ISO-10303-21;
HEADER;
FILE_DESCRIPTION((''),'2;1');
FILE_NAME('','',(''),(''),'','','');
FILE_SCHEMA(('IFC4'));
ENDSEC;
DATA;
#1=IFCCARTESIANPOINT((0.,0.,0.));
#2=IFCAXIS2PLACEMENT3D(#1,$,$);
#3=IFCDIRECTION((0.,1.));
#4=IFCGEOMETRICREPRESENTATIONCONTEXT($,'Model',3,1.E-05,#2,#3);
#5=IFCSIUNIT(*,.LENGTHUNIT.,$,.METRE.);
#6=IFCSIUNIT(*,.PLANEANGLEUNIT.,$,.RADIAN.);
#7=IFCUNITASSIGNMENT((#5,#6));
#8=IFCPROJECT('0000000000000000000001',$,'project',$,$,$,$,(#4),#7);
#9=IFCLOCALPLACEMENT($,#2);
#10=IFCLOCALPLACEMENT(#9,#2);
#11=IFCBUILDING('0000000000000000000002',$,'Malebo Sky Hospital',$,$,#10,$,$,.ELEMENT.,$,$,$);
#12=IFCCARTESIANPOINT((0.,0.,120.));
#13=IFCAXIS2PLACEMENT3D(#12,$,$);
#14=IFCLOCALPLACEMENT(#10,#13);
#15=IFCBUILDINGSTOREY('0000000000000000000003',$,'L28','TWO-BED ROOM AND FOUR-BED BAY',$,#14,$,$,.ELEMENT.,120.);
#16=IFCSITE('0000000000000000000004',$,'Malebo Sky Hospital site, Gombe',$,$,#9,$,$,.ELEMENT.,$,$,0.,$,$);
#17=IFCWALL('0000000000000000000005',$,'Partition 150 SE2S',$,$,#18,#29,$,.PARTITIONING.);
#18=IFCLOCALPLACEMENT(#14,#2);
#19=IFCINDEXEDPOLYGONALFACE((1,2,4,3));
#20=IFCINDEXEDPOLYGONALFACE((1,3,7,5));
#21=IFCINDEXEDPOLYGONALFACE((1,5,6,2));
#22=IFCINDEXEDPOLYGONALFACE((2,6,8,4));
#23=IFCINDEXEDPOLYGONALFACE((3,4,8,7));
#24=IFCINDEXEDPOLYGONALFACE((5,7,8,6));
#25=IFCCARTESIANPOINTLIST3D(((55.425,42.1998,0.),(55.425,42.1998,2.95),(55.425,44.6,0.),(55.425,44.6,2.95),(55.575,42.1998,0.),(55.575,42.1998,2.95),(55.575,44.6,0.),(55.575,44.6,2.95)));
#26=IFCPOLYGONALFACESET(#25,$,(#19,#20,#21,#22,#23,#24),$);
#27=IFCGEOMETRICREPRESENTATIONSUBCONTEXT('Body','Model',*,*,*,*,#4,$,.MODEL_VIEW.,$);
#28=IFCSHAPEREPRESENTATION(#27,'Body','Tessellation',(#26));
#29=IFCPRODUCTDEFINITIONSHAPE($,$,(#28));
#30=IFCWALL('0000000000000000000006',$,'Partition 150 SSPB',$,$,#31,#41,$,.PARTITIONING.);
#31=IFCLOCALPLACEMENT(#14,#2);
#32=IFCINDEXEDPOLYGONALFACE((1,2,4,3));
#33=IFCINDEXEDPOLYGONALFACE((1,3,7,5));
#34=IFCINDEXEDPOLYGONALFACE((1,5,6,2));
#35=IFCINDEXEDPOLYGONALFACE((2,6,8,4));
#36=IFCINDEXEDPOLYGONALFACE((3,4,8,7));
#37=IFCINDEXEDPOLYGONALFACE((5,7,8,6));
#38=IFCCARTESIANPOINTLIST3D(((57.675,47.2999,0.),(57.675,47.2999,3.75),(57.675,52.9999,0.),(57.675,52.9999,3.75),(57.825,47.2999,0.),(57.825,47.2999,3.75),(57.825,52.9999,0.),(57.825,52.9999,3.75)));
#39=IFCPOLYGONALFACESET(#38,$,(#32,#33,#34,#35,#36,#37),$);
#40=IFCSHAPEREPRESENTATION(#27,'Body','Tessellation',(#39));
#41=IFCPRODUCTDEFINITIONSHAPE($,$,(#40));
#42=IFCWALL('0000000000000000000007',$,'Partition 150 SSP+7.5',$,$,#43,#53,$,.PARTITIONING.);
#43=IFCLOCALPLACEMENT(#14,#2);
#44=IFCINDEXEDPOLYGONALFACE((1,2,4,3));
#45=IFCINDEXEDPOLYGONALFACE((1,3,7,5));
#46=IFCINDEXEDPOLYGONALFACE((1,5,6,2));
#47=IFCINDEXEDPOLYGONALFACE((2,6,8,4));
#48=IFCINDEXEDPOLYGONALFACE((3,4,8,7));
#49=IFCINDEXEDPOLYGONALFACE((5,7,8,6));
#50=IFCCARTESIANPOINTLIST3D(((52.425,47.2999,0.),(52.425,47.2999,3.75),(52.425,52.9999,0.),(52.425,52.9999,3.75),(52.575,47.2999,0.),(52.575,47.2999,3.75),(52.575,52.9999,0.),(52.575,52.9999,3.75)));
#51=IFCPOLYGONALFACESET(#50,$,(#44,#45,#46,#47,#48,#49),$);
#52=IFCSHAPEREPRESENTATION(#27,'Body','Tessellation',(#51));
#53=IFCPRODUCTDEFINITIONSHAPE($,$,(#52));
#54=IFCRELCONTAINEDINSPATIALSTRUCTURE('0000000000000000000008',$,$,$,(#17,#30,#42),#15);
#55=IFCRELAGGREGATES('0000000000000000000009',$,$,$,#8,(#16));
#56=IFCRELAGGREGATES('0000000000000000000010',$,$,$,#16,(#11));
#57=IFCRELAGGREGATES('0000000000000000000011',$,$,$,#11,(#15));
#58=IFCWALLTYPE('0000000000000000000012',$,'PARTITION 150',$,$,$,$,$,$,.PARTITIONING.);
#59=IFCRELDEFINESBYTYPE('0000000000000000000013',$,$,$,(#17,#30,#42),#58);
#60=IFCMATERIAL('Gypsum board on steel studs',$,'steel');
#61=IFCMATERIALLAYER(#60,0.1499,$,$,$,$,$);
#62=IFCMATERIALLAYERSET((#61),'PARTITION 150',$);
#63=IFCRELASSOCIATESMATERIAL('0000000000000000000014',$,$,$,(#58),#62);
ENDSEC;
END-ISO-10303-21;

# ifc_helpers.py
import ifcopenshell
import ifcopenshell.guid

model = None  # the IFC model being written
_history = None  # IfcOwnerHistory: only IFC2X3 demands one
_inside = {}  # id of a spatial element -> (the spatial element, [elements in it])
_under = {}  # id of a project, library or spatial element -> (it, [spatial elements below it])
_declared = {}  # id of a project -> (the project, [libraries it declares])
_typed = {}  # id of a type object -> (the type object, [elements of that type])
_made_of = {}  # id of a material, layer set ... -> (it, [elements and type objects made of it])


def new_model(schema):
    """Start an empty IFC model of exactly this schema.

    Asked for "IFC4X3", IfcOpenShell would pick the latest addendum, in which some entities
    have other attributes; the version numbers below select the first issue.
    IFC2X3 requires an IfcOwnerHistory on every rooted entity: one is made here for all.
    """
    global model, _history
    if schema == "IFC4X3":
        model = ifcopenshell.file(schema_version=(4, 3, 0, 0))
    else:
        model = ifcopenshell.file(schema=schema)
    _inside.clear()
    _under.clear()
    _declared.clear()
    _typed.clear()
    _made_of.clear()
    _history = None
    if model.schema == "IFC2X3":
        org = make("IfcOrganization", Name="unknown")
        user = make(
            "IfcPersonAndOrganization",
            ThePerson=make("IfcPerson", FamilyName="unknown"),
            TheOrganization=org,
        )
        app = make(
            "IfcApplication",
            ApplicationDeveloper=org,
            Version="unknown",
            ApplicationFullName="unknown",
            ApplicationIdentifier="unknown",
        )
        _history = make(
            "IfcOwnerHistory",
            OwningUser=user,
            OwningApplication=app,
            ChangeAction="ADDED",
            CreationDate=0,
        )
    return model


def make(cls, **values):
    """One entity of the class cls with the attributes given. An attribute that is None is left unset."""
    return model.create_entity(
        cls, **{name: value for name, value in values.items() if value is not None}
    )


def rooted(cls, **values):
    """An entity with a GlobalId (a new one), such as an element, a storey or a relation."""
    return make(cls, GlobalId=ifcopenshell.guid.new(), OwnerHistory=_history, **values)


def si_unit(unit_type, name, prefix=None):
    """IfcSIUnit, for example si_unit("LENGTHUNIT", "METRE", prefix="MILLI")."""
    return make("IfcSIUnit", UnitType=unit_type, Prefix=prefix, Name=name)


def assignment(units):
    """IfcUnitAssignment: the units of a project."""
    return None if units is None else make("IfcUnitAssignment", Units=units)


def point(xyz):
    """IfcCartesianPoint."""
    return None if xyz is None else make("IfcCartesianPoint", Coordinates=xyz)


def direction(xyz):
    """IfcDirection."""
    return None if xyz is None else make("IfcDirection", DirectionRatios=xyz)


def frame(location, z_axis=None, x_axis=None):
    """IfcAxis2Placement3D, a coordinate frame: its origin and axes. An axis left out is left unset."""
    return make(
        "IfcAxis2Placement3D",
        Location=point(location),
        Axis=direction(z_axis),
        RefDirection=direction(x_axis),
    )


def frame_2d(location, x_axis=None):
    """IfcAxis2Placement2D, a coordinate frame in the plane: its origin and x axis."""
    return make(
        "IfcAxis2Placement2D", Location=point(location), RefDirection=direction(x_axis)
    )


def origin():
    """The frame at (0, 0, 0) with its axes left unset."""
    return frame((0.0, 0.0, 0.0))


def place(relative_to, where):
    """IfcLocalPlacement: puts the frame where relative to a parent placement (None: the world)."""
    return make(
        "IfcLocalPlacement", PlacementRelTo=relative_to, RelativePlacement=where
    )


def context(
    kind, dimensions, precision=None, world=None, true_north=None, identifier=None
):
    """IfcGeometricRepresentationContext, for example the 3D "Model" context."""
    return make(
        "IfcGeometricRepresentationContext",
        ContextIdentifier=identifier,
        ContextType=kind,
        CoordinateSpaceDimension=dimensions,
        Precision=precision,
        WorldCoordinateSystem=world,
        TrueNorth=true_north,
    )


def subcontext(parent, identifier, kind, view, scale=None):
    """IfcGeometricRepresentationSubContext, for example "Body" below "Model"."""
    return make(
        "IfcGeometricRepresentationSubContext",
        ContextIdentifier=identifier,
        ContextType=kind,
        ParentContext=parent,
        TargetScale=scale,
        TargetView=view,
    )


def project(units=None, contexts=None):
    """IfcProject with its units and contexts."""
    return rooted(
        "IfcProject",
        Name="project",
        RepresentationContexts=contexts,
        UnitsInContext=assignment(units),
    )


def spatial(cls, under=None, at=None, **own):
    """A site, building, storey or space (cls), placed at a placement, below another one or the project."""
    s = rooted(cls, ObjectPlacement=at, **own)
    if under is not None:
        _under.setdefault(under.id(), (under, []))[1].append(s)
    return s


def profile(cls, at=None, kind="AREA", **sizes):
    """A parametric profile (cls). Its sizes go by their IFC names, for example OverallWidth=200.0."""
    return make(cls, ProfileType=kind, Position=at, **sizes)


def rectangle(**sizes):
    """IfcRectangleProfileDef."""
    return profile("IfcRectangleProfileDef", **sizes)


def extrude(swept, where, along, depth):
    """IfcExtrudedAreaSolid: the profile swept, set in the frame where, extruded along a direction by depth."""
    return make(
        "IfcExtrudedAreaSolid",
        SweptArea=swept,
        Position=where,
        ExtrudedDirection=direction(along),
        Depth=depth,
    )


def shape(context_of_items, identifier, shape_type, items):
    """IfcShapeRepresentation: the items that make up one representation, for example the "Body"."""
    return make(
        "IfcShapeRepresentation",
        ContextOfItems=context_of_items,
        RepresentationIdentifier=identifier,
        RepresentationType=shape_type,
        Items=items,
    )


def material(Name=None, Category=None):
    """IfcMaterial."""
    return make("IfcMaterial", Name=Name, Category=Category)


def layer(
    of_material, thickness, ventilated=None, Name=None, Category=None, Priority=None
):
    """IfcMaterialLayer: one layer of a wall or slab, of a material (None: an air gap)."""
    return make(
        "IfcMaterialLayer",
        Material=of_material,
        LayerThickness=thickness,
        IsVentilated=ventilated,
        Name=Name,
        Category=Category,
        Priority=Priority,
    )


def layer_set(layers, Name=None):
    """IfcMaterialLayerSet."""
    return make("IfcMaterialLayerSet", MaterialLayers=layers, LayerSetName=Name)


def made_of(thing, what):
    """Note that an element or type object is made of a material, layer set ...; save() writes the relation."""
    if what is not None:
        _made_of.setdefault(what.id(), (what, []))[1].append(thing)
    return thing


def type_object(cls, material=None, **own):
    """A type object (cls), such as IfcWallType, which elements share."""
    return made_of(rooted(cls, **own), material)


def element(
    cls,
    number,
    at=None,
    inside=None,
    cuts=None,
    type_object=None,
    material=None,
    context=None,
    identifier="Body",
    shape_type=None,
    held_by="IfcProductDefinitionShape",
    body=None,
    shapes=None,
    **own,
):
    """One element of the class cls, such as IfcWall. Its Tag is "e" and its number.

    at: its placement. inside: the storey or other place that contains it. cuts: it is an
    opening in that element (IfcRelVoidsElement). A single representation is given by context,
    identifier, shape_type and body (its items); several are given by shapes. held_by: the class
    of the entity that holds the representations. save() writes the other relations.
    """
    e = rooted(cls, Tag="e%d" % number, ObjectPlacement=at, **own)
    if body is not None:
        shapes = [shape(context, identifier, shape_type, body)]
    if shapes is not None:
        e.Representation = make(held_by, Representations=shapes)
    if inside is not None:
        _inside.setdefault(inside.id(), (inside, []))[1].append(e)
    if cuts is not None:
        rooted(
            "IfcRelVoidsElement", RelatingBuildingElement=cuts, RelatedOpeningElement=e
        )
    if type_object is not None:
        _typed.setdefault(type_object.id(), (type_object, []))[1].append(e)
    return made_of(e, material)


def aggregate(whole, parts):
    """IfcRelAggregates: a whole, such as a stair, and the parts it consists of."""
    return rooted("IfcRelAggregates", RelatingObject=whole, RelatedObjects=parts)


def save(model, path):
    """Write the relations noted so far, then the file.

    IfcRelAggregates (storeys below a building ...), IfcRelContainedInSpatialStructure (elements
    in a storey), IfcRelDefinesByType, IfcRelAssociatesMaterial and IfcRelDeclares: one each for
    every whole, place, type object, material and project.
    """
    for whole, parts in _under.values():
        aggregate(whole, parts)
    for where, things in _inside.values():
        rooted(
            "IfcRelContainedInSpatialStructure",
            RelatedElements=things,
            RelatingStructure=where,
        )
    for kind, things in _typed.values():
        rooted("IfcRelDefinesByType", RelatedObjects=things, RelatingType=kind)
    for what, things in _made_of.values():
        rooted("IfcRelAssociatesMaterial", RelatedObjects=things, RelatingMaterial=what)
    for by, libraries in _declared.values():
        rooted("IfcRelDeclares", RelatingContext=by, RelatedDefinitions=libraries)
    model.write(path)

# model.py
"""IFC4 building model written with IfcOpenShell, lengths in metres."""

from ifc_helpers import new_model, si_unit, direction, frame, frame_2d, origin, place, context, subcontext, project, spatial, rectangle, extrude, material, layer, layer_set, type_object, element, save


model = new_model("IFC4")

# Units and contexts
model_context = context("Model", 3, precision=1e-05, world=origin(), true_north=direction((0.0, 1.0)))
body_context = subcontext(model_context, "Body", "Model", "MODEL_VIEW")
ifc_project = project(units=[si_unit("LENGTHUNIT", "METRE"), si_unit("PLANEANGLEUNIT", "RADIAN")], contexts=[model_context])

# Site, building, storey
site_placement = place(None, origin())
site = spatial("IfcSite", under=ifc_project, at=site_placement, Name="Malebo Sky Hospital site, Gombe", CompositionType="ELEMENT", RefElevation=0.0)
building_placement = place(site_placement, origin())
building = spatial("IfcBuilding", under=site, at=building_placement, Name="Malebo Sky Hospital", CompositionType="ELEMENT")
storey_placement = place(building_placement, frame((0.0, 0.0, 120.0)))
storey = spatial("IfcBuildingStorey", under=building, at=storey_placement, Name="L28", Description="TWO-BED ROOM AND FOUR-BED BAY", CompositionType="ELEMENT", Elevation=120.0)

# Shared definitions
ifc_material_1 = material(Name="Gypsum board on steel studs", Category="steel")

# Shared definitions
ifc_layer_1 = layer(ifc_material_1, 0.1499)
ifc_layer_set_1 = layer_set([ifc_layer_1], Name="PARTITION 150")
wall_type_1 = type_object("IfcWallType", Name="PARTITION 150", PredefinedType="PARTITIONING", material=ifc_layer_set_1)

# Walls
wall_1_placement = place(storey_placement, frame((55.5, 44.6001, 0.0), z_axis=(0.0, 0.0, 1.0), x_axis=(0.0, -1.0, 0.0)))
element("IfcWall", 1, at=wall_1_placement, inside=storey, type_object=wall_type_1, Name="Partition 150 SE2S", PredefinedType="PARTITIONING", context=body_context, shape_type="SweptSolid", body=[
    extrude(rectangle(XDim=2.4001, YDim=0.1499, at=frame_2d((1.2002, 0.0))), origin(), (0.0, 0.0, 1.0), 2.95),
])
for number, where, z_axis, x_axis, name in (
    (2, (57.75, 53.0, 0.0), (0.0, 0.0, 1.0), (0.0, -1.0, 0.0), "Partition 150 SSPB"),
    (3, (52.5, 53.0, 0.0), (0.0, 0.0, 1.0), (0.0, -1.0, 0.0), "Partition 150 SSP+7.5"),
):
    element("IfcWall", number, at=place(storey_placement, frame(where, z_axis=z_axis, x_axis=x_axis)), inside=storey, type_object=wall_type_1, Name=name, PredefinedType="PARTITIONING", context=body_context, shape_type="SweptSolid", body=[
        extrude(rectangle(XDim=5.7, YDim=0.1499, at=frame_2d((2.8501, 0.0))), origin(), (0.0, 0.0, 1.0), 3.75),
    ])

save(model, "model.ifc")
